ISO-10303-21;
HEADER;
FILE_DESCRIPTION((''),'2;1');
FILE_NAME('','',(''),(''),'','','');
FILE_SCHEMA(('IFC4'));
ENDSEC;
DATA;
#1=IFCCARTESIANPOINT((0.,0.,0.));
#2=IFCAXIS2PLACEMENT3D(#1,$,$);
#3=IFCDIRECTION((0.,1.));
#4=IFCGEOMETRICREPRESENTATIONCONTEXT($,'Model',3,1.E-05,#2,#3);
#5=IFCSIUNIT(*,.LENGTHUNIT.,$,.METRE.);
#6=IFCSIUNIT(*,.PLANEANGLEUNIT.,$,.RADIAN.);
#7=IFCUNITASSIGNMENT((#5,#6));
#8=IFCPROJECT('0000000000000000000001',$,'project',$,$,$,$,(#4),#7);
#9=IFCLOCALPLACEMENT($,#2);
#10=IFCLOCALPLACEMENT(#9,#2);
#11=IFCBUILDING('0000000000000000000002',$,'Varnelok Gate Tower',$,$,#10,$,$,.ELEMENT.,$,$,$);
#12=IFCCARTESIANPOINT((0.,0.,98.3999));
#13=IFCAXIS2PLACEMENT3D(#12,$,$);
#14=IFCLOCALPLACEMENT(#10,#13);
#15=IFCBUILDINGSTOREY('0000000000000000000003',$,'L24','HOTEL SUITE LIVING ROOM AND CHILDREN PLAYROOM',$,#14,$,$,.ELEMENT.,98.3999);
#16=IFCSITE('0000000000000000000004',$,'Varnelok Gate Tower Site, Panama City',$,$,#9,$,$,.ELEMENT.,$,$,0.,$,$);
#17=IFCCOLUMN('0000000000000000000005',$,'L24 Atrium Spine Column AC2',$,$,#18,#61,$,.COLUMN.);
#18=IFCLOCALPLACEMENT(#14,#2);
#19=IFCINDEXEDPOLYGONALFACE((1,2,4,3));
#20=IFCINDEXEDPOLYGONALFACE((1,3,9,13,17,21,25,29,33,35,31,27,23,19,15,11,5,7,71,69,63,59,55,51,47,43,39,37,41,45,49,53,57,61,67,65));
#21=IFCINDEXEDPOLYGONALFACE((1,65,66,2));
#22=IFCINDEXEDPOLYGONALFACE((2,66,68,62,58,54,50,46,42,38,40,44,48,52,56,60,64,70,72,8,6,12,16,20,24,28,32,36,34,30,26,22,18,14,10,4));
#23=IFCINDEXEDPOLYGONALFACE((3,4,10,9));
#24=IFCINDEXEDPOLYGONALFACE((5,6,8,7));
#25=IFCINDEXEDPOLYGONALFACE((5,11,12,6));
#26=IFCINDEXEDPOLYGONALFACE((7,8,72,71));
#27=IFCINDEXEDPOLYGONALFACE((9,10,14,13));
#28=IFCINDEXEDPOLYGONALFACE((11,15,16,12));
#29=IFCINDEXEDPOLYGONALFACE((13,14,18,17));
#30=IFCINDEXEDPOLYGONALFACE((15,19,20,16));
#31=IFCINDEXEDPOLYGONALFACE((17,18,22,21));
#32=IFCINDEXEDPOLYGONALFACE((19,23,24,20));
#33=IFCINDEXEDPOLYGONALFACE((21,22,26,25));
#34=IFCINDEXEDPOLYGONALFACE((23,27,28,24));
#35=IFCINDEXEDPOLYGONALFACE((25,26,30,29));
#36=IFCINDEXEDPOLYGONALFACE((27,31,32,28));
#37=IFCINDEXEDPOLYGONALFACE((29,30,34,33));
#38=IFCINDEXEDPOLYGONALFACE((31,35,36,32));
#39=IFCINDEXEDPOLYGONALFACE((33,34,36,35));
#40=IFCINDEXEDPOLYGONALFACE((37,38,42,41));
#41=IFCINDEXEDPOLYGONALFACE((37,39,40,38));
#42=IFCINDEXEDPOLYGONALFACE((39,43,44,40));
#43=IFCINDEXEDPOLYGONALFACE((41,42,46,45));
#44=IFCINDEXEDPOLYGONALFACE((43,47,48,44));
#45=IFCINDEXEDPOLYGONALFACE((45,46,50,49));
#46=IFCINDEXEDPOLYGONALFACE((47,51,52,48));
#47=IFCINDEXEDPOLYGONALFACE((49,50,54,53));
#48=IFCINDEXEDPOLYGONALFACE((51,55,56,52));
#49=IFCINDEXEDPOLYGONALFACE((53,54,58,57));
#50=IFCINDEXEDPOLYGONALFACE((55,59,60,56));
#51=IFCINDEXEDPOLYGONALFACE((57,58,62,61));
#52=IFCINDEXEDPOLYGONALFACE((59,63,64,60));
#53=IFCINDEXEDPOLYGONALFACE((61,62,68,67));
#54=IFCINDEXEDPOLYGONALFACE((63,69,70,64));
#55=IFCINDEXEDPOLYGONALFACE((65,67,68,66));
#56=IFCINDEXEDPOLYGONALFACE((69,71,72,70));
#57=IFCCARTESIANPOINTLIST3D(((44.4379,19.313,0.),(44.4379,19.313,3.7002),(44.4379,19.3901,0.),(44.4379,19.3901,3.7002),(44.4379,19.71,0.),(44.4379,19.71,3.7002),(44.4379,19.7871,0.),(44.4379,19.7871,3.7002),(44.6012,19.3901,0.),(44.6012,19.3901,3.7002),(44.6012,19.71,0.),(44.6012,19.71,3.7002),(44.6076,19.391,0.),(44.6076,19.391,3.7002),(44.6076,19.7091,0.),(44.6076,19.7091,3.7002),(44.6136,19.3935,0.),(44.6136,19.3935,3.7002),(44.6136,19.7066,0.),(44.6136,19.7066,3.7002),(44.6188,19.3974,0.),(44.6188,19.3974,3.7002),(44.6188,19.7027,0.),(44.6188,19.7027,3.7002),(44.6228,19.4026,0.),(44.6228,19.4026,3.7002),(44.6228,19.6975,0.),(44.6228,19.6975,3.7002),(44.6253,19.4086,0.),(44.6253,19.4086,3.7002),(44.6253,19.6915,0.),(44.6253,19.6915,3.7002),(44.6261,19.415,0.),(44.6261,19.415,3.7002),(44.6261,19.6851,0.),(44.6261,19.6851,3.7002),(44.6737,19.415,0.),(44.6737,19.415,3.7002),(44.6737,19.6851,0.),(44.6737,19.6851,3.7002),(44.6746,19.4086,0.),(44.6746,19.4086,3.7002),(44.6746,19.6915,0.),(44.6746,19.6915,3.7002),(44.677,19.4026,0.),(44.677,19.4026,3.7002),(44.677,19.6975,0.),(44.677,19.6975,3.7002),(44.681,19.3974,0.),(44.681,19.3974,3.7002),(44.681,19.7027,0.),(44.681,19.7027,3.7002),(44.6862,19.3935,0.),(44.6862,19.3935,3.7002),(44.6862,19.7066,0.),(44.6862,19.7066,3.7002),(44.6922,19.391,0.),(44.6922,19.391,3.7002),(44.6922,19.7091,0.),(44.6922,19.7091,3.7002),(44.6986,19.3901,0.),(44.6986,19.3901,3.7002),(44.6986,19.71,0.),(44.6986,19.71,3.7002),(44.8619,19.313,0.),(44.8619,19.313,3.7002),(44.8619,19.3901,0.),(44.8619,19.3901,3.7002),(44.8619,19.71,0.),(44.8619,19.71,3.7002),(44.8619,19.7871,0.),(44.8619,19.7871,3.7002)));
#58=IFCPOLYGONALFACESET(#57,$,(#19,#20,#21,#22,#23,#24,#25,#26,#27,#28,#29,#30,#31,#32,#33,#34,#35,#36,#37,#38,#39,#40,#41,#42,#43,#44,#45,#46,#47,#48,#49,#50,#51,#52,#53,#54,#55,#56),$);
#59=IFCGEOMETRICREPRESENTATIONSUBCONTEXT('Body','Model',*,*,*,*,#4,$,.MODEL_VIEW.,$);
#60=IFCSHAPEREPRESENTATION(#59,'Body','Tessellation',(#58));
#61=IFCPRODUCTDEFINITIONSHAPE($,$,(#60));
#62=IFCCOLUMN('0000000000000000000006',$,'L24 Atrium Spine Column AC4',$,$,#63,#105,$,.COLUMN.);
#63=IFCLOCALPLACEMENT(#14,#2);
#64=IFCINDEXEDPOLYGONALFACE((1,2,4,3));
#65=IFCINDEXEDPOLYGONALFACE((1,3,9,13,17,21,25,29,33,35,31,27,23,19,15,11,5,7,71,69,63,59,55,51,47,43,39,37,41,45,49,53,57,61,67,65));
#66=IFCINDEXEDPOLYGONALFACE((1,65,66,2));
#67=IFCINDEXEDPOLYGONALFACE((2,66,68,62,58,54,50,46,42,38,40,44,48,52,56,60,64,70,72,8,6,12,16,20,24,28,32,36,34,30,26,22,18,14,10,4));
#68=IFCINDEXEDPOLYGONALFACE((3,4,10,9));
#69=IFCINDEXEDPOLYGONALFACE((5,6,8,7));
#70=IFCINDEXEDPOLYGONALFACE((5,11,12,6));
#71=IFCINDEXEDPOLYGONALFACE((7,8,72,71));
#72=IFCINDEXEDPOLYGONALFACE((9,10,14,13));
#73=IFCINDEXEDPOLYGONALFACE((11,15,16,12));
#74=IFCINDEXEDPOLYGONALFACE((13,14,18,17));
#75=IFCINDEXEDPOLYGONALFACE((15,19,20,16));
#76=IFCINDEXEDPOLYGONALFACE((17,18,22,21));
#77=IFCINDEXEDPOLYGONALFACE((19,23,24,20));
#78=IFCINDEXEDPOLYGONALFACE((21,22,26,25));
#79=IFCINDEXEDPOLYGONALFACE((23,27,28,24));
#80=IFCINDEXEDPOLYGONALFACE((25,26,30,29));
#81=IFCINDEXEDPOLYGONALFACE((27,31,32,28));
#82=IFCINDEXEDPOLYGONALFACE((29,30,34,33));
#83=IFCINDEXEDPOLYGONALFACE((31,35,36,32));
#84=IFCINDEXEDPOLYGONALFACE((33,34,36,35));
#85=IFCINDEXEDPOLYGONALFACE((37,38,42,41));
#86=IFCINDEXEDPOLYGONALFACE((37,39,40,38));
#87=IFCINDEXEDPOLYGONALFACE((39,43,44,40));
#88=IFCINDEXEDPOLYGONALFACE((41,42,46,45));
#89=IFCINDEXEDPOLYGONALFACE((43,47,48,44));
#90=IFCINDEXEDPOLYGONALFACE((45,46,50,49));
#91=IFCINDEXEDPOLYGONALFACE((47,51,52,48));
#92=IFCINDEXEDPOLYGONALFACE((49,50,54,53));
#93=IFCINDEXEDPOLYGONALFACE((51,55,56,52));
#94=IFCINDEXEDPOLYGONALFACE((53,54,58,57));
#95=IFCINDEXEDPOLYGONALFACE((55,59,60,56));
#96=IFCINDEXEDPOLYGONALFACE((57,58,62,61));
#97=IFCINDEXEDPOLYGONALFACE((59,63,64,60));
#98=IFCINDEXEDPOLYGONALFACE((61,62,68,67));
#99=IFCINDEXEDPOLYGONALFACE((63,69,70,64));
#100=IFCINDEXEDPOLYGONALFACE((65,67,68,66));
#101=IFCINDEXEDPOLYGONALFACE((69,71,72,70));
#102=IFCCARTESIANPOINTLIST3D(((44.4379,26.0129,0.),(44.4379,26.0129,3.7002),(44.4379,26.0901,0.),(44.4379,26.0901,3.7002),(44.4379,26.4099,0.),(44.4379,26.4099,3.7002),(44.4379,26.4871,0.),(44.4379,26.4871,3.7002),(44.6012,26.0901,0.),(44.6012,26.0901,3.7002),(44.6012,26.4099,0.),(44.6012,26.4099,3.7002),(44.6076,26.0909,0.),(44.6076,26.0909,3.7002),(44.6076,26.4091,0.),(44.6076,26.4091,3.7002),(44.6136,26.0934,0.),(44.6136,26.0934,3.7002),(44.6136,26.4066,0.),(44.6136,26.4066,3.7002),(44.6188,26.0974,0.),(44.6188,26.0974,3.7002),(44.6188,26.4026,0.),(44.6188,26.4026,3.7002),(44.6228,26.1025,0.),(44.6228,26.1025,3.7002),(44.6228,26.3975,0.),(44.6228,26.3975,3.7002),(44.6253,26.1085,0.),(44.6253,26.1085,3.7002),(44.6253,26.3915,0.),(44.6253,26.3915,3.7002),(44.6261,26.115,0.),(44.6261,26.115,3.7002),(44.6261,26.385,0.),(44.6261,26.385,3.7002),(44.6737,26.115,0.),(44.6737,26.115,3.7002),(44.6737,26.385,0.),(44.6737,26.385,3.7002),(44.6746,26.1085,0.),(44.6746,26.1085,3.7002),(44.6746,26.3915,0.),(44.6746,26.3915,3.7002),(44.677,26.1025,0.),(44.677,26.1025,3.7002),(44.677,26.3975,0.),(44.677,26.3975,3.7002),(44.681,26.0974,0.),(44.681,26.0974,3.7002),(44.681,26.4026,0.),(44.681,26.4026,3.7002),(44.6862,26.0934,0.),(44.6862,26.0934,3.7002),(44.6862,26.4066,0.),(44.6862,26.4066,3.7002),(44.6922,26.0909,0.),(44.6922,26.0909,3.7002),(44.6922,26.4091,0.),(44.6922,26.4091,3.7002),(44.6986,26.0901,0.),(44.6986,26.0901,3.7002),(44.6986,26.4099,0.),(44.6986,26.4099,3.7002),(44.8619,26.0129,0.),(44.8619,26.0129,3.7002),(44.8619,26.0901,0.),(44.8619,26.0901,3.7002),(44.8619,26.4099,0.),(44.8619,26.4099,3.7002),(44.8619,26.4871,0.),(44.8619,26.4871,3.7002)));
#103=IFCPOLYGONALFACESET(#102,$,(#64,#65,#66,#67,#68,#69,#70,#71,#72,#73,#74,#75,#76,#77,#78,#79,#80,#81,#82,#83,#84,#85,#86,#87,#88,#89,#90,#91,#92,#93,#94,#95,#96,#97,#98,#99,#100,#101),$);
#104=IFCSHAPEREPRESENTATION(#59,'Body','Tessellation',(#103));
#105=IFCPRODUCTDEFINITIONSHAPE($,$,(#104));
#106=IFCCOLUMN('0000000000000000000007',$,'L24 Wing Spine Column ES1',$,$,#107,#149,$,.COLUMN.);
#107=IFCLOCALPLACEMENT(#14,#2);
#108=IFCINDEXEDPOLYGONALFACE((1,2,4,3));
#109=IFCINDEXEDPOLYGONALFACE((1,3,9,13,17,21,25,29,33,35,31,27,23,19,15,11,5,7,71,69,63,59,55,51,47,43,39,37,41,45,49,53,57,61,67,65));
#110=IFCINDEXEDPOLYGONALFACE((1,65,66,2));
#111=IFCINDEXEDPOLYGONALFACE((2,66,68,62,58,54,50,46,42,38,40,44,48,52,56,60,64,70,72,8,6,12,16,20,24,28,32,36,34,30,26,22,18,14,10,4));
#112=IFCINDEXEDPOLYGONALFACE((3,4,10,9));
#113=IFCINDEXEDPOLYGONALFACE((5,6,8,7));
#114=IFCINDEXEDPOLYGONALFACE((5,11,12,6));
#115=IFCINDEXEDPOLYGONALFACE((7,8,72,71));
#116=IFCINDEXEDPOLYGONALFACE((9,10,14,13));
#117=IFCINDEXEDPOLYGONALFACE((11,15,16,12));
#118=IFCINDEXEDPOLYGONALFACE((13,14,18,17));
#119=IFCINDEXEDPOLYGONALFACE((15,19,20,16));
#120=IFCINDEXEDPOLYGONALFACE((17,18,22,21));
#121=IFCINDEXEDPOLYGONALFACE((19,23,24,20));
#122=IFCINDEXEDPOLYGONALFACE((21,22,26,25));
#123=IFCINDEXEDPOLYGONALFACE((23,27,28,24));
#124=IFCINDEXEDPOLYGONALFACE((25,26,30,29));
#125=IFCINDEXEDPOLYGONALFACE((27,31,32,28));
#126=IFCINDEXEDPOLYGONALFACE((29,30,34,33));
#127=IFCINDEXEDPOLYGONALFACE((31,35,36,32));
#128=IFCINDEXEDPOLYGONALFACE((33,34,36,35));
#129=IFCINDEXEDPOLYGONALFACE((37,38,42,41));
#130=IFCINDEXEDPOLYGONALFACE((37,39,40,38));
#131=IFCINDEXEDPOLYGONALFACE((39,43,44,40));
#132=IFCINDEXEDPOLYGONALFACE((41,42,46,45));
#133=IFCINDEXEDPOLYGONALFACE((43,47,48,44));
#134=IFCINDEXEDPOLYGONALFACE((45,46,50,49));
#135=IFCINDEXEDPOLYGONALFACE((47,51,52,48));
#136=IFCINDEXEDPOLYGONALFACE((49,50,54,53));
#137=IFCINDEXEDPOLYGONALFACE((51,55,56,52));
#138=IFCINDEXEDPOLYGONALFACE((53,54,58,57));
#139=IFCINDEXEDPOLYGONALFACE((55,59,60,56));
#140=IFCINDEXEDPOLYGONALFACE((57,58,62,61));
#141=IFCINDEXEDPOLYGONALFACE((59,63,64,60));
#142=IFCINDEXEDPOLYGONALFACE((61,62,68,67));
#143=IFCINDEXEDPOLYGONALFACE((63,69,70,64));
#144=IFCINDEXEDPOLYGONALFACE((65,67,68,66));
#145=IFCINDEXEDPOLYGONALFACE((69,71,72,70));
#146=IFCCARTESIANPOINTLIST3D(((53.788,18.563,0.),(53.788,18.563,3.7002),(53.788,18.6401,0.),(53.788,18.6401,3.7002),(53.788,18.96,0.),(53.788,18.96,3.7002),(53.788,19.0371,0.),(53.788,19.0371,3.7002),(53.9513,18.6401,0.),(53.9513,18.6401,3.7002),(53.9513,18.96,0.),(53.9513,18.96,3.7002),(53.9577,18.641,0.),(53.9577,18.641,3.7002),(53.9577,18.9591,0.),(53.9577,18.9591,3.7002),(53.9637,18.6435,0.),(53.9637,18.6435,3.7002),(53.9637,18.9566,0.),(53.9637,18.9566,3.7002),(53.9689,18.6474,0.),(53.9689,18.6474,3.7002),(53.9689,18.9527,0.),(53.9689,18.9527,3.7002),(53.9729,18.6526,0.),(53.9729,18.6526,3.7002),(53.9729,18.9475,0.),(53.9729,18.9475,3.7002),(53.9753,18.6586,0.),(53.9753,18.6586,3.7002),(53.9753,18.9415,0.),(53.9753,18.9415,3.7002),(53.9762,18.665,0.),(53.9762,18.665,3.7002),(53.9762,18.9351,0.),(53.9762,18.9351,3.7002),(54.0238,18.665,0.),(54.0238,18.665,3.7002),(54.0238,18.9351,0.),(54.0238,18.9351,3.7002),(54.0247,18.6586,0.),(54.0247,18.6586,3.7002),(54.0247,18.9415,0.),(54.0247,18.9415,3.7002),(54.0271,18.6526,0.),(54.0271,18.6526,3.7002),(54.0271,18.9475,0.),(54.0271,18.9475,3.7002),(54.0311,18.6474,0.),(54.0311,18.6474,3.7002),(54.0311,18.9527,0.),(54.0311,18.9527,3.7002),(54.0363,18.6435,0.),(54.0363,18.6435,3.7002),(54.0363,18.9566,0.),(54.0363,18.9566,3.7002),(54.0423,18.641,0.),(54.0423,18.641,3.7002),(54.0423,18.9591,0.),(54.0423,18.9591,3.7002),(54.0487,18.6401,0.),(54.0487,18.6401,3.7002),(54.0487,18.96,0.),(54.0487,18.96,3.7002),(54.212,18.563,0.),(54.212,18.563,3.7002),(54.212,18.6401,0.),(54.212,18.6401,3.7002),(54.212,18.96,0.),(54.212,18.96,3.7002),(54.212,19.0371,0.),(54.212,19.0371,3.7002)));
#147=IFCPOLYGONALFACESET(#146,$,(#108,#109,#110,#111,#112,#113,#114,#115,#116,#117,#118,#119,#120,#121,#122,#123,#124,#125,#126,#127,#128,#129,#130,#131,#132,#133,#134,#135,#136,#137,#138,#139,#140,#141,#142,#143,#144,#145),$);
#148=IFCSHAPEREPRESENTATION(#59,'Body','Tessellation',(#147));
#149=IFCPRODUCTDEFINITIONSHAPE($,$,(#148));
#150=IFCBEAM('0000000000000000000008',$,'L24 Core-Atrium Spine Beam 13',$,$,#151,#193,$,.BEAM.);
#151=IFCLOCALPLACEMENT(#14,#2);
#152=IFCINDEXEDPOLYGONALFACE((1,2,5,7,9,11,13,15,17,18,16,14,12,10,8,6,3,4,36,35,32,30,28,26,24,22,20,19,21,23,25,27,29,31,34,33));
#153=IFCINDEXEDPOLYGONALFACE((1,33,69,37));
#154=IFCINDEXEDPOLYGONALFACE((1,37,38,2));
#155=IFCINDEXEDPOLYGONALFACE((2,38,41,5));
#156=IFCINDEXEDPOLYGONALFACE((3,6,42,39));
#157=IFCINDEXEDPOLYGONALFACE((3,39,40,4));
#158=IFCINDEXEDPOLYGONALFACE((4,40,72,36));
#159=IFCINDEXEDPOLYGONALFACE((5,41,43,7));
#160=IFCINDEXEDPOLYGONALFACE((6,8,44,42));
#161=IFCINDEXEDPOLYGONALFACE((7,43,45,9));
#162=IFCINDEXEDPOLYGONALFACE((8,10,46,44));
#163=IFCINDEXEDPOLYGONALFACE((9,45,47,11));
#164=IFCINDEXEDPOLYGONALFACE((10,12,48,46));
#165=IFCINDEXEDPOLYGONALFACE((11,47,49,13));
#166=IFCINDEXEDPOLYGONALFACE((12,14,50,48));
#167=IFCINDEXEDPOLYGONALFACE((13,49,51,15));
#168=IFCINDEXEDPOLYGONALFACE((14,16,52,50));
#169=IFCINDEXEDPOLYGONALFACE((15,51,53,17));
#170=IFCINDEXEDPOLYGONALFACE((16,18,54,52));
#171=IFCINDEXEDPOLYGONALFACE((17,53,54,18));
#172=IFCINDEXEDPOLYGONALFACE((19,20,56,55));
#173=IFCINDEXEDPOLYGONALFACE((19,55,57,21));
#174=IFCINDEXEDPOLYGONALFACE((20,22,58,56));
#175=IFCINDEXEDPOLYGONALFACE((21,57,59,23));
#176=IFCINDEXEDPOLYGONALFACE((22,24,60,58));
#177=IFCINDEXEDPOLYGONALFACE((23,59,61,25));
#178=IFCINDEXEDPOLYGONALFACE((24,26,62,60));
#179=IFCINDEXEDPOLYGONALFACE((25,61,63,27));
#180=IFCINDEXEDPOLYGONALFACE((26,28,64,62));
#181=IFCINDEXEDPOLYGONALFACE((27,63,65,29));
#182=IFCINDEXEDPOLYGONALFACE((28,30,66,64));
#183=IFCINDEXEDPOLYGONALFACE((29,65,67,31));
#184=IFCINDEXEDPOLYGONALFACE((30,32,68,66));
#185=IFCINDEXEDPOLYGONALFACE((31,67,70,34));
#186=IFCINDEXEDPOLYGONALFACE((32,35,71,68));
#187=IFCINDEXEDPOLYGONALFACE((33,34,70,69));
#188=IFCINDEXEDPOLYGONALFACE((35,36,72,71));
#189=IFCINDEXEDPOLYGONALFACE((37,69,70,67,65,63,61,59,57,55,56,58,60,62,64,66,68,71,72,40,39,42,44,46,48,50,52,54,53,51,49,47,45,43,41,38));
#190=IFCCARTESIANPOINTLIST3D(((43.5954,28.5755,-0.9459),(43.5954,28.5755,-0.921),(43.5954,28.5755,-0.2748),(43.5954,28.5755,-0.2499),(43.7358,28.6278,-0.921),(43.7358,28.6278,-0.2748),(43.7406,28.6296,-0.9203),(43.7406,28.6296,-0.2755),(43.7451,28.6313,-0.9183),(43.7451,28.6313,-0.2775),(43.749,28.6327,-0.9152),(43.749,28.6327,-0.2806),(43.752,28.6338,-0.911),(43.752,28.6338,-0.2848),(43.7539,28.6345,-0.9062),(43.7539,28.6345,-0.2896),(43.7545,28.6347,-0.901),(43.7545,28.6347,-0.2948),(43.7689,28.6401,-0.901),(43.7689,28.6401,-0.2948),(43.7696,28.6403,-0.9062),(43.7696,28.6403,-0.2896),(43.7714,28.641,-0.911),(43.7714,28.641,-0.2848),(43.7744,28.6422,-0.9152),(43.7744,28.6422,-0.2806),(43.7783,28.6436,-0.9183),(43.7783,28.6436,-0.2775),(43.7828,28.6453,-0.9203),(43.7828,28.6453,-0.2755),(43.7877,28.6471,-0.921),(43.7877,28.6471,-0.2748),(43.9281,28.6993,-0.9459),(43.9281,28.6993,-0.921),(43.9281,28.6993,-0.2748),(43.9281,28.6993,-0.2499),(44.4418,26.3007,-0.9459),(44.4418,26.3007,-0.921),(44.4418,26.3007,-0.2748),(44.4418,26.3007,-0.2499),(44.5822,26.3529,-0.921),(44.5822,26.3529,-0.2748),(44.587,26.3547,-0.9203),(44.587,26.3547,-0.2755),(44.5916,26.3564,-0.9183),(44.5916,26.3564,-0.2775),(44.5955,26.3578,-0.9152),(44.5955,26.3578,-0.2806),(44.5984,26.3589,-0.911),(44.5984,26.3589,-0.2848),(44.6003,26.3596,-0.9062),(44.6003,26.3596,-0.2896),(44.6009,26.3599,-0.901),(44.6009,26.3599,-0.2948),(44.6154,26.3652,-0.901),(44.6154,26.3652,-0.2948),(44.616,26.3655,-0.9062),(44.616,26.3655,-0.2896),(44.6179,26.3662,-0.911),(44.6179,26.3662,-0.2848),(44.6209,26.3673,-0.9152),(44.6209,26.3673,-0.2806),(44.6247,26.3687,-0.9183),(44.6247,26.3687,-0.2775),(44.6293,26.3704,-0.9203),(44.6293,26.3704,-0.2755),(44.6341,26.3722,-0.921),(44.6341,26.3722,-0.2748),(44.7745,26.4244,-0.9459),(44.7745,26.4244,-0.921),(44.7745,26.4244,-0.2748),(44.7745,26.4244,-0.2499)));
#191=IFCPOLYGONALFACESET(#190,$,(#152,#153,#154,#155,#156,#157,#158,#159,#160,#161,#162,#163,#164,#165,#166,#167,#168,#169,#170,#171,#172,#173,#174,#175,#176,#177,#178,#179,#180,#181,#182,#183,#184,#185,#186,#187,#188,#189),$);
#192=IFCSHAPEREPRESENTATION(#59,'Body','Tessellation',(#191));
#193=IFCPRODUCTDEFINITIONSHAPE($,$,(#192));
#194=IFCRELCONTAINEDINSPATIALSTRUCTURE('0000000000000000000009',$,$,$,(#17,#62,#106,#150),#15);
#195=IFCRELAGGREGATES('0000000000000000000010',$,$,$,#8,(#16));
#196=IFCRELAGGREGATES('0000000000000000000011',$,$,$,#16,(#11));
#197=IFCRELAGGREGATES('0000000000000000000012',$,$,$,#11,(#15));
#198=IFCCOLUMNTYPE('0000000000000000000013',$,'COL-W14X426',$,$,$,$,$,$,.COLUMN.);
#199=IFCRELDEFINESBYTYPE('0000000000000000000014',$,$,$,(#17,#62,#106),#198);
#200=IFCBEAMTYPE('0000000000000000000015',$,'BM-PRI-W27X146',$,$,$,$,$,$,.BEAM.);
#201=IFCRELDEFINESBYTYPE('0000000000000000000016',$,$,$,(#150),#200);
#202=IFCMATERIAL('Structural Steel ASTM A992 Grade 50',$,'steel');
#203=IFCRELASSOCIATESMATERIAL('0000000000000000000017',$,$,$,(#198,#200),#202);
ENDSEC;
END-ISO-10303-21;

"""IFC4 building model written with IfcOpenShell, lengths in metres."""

from ifc_helpers import new_model, si_unit, direction, frame, origin, origin_2d, place, context, subcontext, project, spatial, i_section, extrude, material, material_profile, profile_set, type_object, element, save


model = new_model("IFC4")

# Units and contexts
model_context = context("Model", 3, precision=1e-05, world=origin(), true_north=direction((0.0, 1.0)))
body_context = subcontext(model_context, "Body", "Model", "MODEL_VIEW")
ifc_project = project(units=[si_unit("LENGTHUNIT", "METRE"), si_unit("PLANEANGLEUNIT", "RADIAN")], contexts=[model_context])

# Site, building, storey
site_placement = place(None, origin())
site = spatial("IfcSite", under=ifc_project, at=site_placement, Name="Varnelok Gate Tower Site, Panama City", CompositionType="ELEMENT", RefElevation=0.0)
building_placement = place(site_placement, origin())
building = spatial("IfcBuilding", under=site, at=building_placement, Name="Varnelok Gate Tower", CompositionType="ELEMENT")
storey_placement = place(building_placement, frame((0.0, 0.0, 98.3999)))
storey = spatial("IfcBuildingStorey", under=building, at=storey_placement, Name="L24", Description="HOTEL SUITE LIVING ROOM AND CHILDREN PLAYROOM", CompositionType="ELEMENT", Elevation=98.3999)

# Columns
ifc_material_1 = material(Name="Structural Steel ASTM A992 Grade 50", Category="steel")
ifc_material_profile_1 = material_profile(ifc_material_1, i_section(OverallWidth=0.4241, OverallDepth=0.4741, WebThickness=0.0476, FlangeThickness=0.0771, FilletRadius=0.0249, at=origin_2d()), Name="W14X426")
ifc_profile_set_1 = profile_set([ifc_material_profile_1], Name="Structural Steel ASTM A992 Grade 50")
column_type = type_object("IfcColumnType", Name="COL-W14X426", PredefinedType="COLUMN", material=ifc_profile_set_1)
for number, where, z_axis, x_axis, name in (
    (1, (44.6499, 19.55, 0.0), (0.0, 0.0, 1.0), (1.0, 0.0, 0.0), "L24 Atrium Spine Column AC2"),
    (2, (44.6499, 26.25, 0.0), (0.0, 0.0, 1.0), (1.0, 0.0, 0.0), "L24 Atrium Spine Column AC4"),
    (3, (54.0, 18.8, 0.0), (0.0, 0.0, 1.0), (1.0, 0.0, 0.0), "L24 Wing Spine Column ES1"),
):
    element("IfcColumn", number, at=place(storey_placement, frame(where, z_axis=z_axis, x_axis=x_axis)), inside=storey, type_object=column_type, Name=name, PredefinedType="COLUMN", context=body_context, shape_type="SweptSolid", body=[
        extrude(i_section(OverallWidth=0.4241, OverallDepth=0.4741, WebThickness=0.0476, FlangeThickness=0.0771, FilletRadius=0.0249, at=origin_2d()), origin(), (0.0, 0.0, 1.0), 3.7002),
    ])

# Beam
ifc_material_profile_2 = material_profile(ifc_material_1, i_section(OverallWidth=0.355, OverallDepth=0.696, WebThickness=0.0154, FlangeThickness=0.0249, FilletRadius=0.02, at=origin_2d()), Name="W27X146")
ifc_profile_set_2 = profile_set([ifc_material_profile_2], Name="Structural Steel ASTM A992 Grade 50")
beam_type_1 = type_object("IfcBeamType", Name="BM-PRI-W27X146", PredefinedType="BEAM", material=ifc_profile_set_2)
beam_1_placement = place(storey_placement, frame((44.6082, 26.3625, -0.5979), z_axis=(-0.348719, 0.937227, 0.0), x_axis=(-0.937227, -0.348719, 0.0)))
element("IfcBeam", 4, at=beam_1_placement, inside=storey, type_object=beam_type_1, Name="L24 Core-Atrium Spine Beam 13", PredefinedType="BEAM", context=body_context, shape_type="SweptSolid", body=[
    extrude(i_section(OverallWidth=0.355, OverallDepth=0.696, WebThickness=0.0154, FlangeThickness=0.0249, FilletRadius=0.02, at=origin_2d()), origin(), (0.0, 0.0, 1.0), 2.4272),
])

save(model, "model.ifc")
